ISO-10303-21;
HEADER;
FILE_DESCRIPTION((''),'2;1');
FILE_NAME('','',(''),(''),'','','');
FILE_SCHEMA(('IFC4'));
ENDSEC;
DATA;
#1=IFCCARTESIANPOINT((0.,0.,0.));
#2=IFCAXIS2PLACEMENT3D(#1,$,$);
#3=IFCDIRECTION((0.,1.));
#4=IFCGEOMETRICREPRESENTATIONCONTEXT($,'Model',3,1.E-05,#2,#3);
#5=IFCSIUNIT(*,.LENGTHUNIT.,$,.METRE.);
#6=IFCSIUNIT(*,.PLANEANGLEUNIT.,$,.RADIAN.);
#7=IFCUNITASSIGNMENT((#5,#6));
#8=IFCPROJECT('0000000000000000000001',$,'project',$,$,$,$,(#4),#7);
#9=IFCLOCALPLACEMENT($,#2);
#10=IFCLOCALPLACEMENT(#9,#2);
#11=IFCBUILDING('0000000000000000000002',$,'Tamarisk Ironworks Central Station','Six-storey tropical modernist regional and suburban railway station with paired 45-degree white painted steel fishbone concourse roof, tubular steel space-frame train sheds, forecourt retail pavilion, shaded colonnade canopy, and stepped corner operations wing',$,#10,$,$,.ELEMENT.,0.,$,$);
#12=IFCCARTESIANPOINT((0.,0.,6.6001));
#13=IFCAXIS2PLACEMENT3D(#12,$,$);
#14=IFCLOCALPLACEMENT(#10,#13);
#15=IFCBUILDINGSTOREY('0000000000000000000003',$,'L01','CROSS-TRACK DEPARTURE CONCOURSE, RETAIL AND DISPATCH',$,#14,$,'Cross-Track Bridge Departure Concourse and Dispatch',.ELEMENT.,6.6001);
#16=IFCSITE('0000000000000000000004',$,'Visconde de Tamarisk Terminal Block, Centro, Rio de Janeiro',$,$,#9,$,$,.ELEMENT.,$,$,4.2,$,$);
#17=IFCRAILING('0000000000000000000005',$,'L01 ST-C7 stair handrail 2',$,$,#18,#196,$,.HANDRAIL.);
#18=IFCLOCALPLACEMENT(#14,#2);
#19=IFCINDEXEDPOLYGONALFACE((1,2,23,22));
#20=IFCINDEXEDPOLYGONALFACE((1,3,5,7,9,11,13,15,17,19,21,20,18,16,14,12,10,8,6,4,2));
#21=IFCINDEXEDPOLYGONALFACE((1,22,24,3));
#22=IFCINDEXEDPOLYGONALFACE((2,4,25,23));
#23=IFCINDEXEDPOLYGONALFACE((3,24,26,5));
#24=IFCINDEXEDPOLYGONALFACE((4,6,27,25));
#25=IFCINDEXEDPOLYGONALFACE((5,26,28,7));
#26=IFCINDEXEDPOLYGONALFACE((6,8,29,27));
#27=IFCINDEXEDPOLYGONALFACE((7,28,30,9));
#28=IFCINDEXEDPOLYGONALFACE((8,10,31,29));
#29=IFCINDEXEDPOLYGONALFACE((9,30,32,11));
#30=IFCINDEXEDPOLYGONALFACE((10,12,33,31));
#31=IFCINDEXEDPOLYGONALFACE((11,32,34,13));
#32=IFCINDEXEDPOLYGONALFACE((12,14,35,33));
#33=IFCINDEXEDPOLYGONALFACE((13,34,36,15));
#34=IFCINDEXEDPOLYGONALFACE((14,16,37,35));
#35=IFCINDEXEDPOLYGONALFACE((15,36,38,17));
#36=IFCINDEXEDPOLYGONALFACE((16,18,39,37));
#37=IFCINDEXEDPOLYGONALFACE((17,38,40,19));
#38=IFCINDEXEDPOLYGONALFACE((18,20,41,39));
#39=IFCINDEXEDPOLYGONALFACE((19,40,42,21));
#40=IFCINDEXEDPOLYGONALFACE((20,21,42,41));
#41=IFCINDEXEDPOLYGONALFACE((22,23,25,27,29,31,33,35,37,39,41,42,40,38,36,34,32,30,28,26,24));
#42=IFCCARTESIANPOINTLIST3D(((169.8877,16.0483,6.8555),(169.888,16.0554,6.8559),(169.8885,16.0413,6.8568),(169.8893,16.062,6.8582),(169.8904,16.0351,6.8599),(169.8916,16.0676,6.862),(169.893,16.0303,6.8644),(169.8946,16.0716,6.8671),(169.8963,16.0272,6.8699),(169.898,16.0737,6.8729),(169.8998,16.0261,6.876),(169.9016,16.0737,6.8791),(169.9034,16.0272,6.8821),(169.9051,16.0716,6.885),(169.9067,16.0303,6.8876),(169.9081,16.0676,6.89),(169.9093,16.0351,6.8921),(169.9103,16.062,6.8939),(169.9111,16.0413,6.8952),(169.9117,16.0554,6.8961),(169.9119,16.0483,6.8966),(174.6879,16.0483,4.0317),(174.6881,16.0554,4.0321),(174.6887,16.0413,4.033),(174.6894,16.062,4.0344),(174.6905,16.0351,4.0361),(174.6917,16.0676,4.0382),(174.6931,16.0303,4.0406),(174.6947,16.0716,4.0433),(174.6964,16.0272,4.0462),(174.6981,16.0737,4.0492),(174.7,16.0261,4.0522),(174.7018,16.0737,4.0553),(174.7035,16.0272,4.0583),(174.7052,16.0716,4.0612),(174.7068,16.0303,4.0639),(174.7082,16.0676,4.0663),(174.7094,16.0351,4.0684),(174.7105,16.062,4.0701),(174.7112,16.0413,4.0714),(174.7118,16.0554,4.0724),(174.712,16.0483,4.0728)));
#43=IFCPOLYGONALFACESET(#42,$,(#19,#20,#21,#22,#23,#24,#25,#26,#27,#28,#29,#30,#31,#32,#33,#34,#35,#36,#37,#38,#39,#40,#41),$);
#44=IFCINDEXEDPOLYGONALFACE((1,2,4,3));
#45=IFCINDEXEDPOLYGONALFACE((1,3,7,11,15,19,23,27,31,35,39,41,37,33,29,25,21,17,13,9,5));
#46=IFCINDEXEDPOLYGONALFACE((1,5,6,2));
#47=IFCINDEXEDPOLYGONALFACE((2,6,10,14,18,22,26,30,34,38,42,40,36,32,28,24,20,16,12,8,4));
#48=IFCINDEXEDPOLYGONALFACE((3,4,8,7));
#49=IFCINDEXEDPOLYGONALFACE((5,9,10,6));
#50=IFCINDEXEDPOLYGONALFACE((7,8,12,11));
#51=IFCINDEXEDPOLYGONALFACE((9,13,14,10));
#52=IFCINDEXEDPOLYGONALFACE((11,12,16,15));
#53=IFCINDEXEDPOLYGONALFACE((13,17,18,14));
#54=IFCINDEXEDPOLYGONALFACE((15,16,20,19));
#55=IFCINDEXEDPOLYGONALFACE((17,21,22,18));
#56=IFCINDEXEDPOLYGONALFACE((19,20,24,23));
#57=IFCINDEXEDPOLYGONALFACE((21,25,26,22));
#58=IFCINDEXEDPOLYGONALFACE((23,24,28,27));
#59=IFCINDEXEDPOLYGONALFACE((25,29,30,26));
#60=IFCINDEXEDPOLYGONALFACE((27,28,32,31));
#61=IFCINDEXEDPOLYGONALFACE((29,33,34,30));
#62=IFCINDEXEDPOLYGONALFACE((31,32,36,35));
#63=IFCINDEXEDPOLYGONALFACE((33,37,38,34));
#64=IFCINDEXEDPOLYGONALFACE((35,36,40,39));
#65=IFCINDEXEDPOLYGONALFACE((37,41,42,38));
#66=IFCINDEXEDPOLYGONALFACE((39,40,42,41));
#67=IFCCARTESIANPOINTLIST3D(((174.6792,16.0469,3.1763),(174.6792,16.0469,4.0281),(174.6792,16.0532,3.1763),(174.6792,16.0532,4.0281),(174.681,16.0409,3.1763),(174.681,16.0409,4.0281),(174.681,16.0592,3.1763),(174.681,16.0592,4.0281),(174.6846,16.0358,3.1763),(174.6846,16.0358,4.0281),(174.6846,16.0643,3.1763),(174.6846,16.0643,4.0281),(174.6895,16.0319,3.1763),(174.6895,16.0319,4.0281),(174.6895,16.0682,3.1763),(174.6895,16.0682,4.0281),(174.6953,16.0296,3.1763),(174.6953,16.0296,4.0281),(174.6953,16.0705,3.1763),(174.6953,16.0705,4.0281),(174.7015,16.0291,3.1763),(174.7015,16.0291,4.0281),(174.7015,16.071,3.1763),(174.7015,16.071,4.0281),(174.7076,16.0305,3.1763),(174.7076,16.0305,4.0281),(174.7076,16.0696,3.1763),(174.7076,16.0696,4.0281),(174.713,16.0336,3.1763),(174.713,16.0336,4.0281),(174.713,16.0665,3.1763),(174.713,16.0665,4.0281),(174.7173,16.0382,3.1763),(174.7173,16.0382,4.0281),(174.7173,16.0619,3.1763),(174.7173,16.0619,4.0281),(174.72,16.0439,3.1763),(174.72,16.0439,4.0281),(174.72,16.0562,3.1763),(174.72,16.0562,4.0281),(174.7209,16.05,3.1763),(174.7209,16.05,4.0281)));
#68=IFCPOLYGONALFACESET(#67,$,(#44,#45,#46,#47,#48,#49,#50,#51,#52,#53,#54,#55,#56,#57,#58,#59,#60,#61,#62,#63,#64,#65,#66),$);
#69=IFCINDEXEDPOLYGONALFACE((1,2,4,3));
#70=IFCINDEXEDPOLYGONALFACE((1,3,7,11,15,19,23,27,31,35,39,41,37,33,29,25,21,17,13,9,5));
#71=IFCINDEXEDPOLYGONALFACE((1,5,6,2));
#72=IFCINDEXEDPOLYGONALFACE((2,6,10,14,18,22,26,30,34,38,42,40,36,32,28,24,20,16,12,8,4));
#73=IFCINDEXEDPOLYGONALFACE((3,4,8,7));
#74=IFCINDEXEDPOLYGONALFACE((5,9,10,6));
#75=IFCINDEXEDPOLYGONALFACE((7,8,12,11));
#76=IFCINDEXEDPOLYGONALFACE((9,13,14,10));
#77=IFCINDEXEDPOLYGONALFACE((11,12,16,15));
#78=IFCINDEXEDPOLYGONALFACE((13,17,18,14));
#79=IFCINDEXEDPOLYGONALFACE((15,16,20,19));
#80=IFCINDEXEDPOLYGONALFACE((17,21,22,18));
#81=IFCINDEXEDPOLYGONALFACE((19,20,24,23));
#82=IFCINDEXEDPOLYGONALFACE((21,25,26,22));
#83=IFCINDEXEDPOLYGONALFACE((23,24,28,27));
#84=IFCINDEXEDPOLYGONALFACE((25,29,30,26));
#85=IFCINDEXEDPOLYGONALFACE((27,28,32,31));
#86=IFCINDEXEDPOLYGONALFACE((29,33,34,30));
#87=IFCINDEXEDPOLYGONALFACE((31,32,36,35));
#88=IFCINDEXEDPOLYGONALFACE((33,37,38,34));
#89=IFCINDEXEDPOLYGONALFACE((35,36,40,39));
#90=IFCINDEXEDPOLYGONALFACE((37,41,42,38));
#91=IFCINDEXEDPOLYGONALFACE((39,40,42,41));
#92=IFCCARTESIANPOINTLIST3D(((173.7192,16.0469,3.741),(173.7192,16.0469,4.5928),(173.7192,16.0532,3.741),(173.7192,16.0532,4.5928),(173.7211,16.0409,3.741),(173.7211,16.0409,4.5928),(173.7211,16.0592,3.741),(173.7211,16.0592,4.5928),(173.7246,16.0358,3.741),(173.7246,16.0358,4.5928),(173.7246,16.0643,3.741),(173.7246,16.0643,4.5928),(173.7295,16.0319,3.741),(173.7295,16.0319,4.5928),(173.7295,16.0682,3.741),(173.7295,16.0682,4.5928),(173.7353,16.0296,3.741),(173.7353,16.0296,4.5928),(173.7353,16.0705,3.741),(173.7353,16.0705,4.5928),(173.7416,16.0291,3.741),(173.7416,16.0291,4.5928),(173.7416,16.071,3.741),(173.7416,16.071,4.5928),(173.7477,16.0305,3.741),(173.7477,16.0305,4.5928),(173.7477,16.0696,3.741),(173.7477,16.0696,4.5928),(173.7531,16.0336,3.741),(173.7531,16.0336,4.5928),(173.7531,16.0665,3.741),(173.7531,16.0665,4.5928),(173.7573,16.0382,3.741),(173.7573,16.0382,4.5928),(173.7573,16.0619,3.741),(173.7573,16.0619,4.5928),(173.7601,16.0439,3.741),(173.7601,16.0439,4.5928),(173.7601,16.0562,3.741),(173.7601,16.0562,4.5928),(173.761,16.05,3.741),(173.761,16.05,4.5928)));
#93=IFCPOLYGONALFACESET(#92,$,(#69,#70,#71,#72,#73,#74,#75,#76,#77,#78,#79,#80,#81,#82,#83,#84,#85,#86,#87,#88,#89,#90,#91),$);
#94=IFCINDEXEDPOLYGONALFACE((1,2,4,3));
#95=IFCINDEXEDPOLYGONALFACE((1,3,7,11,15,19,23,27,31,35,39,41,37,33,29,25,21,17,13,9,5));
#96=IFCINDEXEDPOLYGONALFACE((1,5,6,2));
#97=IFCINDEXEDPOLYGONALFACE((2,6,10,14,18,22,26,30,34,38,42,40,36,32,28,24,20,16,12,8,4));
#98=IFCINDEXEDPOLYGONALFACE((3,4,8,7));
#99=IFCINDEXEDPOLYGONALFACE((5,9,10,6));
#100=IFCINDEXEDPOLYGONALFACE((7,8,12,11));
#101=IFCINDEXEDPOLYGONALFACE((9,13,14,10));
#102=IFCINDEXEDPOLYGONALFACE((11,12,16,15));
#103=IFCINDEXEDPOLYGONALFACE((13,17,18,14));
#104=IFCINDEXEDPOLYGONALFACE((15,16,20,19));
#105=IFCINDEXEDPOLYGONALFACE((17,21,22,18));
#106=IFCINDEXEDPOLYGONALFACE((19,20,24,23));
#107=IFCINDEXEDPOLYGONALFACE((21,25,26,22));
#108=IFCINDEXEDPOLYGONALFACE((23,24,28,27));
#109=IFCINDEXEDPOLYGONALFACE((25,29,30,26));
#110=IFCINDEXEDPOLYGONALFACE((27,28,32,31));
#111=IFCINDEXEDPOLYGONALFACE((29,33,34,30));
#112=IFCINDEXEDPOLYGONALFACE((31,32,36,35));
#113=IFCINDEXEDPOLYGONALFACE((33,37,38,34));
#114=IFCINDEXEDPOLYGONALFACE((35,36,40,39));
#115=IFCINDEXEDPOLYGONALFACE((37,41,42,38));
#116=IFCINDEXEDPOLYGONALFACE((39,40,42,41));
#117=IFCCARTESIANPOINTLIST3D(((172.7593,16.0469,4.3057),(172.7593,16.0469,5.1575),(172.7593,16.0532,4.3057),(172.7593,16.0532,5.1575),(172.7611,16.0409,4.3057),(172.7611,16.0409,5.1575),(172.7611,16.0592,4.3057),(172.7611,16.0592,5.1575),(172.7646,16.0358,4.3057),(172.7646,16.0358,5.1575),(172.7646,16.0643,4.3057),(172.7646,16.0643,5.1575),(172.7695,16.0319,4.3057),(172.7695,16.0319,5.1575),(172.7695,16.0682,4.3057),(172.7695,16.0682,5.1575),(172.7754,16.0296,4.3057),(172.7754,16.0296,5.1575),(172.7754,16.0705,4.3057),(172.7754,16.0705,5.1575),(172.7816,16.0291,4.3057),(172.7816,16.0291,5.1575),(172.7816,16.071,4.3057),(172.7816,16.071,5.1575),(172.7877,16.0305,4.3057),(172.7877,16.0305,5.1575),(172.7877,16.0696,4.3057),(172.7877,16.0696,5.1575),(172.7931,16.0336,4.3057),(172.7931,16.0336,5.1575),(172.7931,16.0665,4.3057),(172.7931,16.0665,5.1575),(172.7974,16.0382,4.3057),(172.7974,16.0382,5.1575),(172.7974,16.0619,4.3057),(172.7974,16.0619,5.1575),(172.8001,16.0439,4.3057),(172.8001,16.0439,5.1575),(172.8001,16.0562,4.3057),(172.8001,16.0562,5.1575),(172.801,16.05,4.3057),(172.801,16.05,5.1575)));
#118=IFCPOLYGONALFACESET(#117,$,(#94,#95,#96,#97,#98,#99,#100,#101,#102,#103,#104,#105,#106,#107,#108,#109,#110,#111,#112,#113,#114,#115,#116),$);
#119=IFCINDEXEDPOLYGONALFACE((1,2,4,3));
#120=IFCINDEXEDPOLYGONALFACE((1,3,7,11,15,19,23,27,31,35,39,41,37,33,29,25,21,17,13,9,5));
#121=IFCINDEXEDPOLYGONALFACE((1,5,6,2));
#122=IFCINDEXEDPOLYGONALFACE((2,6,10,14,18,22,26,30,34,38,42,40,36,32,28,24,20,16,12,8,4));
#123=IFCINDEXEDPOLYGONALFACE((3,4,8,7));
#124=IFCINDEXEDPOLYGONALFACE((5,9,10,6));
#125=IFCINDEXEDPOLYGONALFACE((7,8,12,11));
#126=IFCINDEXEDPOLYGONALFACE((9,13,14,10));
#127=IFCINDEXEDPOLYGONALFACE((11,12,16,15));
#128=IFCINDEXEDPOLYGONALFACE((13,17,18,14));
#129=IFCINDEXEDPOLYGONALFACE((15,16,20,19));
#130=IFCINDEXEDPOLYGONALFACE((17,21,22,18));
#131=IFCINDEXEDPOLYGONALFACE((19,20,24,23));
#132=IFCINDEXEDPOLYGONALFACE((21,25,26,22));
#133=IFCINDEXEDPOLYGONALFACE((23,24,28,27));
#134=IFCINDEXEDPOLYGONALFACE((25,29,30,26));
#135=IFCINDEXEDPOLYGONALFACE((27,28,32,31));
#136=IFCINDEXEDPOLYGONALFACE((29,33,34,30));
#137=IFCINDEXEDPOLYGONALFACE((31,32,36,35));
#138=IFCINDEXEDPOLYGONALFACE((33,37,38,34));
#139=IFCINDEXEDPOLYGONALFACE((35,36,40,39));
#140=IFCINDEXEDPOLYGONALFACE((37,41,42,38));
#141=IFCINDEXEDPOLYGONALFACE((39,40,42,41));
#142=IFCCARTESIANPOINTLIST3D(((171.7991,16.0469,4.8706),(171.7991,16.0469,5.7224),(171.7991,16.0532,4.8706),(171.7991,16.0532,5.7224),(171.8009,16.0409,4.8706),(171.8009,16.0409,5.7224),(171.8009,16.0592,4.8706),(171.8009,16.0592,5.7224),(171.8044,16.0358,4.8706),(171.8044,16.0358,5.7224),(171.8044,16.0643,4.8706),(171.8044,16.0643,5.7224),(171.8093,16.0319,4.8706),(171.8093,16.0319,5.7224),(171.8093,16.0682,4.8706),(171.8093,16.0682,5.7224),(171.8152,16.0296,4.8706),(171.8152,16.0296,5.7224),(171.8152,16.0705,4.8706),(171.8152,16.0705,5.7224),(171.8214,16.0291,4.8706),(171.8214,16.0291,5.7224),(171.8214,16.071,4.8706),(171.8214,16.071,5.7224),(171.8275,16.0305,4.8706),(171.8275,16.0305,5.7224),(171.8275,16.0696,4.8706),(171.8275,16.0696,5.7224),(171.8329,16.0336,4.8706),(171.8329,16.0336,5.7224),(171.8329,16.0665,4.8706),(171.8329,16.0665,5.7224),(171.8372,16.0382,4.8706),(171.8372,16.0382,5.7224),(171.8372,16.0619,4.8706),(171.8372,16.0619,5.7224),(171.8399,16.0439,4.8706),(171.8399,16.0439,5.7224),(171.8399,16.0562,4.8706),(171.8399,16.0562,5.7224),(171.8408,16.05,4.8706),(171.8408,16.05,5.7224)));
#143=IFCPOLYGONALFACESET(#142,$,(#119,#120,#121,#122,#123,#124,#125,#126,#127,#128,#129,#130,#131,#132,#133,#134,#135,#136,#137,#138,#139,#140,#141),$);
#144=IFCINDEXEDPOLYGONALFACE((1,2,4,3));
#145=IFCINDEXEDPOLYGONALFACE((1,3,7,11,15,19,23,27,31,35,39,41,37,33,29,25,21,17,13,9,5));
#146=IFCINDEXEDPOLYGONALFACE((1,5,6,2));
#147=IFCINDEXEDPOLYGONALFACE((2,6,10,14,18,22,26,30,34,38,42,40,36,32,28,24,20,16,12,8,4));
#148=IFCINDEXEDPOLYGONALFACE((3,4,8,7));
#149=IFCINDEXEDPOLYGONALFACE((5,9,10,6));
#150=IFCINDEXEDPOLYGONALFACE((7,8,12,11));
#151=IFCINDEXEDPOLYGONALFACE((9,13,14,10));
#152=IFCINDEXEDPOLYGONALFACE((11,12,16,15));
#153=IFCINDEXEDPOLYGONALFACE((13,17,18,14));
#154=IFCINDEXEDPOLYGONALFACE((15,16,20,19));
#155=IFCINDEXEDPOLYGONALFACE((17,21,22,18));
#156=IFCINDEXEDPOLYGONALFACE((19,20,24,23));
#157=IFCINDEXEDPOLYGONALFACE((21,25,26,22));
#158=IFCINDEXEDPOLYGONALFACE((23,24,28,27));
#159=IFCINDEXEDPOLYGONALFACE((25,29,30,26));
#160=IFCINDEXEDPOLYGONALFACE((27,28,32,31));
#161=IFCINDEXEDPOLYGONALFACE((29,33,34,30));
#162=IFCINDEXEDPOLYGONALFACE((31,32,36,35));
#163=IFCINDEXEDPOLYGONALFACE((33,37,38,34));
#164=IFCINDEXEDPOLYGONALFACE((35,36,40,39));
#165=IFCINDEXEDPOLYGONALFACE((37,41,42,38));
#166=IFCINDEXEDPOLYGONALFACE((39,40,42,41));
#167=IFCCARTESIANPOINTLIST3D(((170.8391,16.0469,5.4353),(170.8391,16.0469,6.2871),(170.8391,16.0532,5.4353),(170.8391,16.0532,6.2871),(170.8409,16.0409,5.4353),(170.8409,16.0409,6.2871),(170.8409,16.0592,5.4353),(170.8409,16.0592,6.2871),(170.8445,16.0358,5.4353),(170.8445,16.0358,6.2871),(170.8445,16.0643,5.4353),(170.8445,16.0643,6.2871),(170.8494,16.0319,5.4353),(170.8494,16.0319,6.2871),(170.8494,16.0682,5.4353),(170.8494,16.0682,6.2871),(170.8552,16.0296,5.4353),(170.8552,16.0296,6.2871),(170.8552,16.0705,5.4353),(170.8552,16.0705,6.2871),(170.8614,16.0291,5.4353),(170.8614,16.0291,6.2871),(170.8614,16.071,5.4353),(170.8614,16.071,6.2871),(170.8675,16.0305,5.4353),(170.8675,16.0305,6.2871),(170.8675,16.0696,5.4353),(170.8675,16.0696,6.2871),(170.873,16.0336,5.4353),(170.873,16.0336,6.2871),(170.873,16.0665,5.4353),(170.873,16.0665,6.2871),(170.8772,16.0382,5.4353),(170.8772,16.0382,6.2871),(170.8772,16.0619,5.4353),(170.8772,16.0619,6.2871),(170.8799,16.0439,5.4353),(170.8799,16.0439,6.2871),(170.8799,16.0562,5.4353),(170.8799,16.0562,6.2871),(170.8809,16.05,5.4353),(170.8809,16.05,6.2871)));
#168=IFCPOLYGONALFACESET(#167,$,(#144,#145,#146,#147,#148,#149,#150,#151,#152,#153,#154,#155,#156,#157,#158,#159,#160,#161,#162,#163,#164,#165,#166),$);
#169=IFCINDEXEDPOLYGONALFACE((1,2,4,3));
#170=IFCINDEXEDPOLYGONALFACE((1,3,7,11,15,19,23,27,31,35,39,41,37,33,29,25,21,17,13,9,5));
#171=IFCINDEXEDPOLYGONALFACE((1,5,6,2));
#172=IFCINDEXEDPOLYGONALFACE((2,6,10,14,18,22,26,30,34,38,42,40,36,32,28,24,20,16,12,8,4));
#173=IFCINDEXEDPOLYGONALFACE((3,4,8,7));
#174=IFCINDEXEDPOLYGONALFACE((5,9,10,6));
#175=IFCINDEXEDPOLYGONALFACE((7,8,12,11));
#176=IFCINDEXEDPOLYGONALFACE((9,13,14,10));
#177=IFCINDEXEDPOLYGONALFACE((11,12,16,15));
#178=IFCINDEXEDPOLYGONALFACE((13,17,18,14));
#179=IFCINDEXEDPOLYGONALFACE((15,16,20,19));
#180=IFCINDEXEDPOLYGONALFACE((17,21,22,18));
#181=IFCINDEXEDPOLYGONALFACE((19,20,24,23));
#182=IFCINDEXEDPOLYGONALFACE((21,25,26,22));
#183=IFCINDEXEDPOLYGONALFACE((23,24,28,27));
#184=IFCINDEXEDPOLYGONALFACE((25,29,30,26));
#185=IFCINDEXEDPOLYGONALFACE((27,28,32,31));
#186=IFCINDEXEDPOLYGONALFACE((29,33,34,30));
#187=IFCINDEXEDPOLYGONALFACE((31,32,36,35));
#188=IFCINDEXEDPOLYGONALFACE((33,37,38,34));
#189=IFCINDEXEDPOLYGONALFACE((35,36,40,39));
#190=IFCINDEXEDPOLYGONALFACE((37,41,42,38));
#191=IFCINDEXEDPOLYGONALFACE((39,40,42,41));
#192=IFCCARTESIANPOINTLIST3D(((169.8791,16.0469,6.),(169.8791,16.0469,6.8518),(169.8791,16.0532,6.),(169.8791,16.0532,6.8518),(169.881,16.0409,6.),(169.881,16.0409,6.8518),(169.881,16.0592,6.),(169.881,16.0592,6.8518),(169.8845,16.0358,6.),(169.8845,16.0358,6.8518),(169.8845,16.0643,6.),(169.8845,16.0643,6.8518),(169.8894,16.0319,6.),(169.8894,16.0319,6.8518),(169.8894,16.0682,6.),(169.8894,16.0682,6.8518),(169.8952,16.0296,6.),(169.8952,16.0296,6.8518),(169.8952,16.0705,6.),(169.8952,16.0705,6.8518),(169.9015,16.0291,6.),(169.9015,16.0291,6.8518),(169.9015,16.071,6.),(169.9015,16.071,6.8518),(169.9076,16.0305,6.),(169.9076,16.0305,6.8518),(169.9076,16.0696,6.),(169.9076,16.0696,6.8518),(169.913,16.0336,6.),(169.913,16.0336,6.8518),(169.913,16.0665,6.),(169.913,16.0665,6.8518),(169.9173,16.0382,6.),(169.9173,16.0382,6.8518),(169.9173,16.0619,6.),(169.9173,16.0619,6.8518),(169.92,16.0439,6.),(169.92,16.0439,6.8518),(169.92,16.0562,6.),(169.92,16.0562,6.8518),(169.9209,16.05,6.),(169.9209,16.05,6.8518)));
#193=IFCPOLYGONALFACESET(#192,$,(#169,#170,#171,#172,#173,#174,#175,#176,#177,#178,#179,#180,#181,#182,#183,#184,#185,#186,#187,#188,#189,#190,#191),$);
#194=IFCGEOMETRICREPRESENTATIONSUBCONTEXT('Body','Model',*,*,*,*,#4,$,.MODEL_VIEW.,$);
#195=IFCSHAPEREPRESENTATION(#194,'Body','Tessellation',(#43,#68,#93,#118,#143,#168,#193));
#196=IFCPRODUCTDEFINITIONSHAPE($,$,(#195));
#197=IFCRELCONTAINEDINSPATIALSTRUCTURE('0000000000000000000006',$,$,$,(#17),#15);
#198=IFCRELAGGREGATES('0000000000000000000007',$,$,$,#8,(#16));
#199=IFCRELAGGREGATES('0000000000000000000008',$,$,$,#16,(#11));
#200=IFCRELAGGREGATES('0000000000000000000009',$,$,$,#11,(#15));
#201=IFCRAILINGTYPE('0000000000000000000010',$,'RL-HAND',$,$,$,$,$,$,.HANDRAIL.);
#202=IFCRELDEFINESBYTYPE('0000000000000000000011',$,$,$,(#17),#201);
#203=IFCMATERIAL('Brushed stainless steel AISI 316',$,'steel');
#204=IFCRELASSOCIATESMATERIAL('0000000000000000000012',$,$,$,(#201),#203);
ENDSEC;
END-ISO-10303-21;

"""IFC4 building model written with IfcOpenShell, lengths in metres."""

from ifc_helpers import new_model, si_unit, direction, frame, origin, origin_2d, place, context, subcontext, project, spatial, circle, extrude, material, type_object, element, save


model = new_model("IFC4")

# Units and contexts
model_context = context("Model", 3, precision=1e-05, world=origin(), true_north=direction((0.0, 1.0)))
body_context = subcontext(model_context, "Body", "Model", "MODEL_VIEW")
ifc_project = project(units=[si_unit("LENGTHUNIT", "METRE"), si_unit("PLANEANGLEUNIT", "RADIAN")], contexts=[model_context])

# Site, building, storey
site_placement = place(None, origin())
site = spatial("IfcSite", under=ifc_project, at=site_placement, Name="Visconde de Tamarisk Terminal Block, Centro, Rio de Janeiro", CompositionType="ELEMENT", RefElevation=4.2)
building_placement = place(site_placement, origin())
building = spatial("IfcBuilding", under=site, at=building_placement, Name="Tamarisk Ironworks Central Station", Description="Six-storey tropical modernist regional and suburban railway station with paired 45-degree white painted steel fishbone concourse roof, tubular steel space-frame train sheds, forecourt retail pavilion, shaded colonnade canopy, and stepped corner operations wing", CompositionType="ELEMENT", ElevationOfRefHeight=0.0)
storey_placement = place(building_placement, frame((0.0, 0.0, 6.6001)))
storey = spatial("IfcBuildingStorey", under=building, at=storey_placement, Name="L01", Description="CROSS-TRACK DEPARTURE CONCOURSE, RETAIL AND DISPATCH", LongName="Cross-Track Bridge Departure Concourse and Dispatch", CompositionType="ELEMENT", Elevation=6.6001)

# Railing
ifc_material_1 = material(Name="Brushed stainless steel AISI 316", Category="steel")
railing_type_1 = type_object("IfcRailingType", Name="RL-HAND", PredefinedType="HANDRAIL", material=ifc_material_1)
railing_1_placement = place(storey_placement, frame((174.7, 16.05, 3.1763)))
element("IfcRailing", 1, at=railing_1_placement, inside=storey, type_object=railing_type_1, Name="L01 ST-C7 stair handrail 2", PredefinedType="HANDRAIL", context=body_context, shape_type="SweptSolid", body=[
    extrude(circle(Radius=0.0239, at=origin_2d()), frame((0.0, 0.0, 0.876), z_axis=(-0.861921, 0.0, 0.507043), x_axis=(0.0, -1.0, 0.0)), (0.0, 0.0, 1.0), 5.5691),
    extrude(circle(Radius=0.021, at=origin_2d()), origin(), (0.0, 0.0, 1.0), 0.8518),
    extrude(circle(Radius=0.021, at=origin_2d()), frame((-0.96, 0.0, 0.5647)), (0.0, 0.0, 1.0), 0.8518),
    extrude(circle(Radius=0.021, at=origin_2d()), frame((-1.9199, 0.0, 1.1294)), (0.0, 0.0, 1.0), 0.8518),
    extrude(circle(Radius=0.021, at=origin_2d()), frame((-2.8801, 0.0, 1.6943)), (0.0, 0.0, 1.0), 0.8518),
    extrude(circle(Radius=0.021, at=origin_2d()), frame((-3.8401, 0.0, 2.259)), (0.0, 0.0, 1.0), 0.8518),
    extrude(circle(Radius=0.021, at=origin_2d()), frame((-4.8, 0.0, 2.8237)), (0.0, 0.0, 1.0), 0.8518),
])

save(model, "model.ifc")
